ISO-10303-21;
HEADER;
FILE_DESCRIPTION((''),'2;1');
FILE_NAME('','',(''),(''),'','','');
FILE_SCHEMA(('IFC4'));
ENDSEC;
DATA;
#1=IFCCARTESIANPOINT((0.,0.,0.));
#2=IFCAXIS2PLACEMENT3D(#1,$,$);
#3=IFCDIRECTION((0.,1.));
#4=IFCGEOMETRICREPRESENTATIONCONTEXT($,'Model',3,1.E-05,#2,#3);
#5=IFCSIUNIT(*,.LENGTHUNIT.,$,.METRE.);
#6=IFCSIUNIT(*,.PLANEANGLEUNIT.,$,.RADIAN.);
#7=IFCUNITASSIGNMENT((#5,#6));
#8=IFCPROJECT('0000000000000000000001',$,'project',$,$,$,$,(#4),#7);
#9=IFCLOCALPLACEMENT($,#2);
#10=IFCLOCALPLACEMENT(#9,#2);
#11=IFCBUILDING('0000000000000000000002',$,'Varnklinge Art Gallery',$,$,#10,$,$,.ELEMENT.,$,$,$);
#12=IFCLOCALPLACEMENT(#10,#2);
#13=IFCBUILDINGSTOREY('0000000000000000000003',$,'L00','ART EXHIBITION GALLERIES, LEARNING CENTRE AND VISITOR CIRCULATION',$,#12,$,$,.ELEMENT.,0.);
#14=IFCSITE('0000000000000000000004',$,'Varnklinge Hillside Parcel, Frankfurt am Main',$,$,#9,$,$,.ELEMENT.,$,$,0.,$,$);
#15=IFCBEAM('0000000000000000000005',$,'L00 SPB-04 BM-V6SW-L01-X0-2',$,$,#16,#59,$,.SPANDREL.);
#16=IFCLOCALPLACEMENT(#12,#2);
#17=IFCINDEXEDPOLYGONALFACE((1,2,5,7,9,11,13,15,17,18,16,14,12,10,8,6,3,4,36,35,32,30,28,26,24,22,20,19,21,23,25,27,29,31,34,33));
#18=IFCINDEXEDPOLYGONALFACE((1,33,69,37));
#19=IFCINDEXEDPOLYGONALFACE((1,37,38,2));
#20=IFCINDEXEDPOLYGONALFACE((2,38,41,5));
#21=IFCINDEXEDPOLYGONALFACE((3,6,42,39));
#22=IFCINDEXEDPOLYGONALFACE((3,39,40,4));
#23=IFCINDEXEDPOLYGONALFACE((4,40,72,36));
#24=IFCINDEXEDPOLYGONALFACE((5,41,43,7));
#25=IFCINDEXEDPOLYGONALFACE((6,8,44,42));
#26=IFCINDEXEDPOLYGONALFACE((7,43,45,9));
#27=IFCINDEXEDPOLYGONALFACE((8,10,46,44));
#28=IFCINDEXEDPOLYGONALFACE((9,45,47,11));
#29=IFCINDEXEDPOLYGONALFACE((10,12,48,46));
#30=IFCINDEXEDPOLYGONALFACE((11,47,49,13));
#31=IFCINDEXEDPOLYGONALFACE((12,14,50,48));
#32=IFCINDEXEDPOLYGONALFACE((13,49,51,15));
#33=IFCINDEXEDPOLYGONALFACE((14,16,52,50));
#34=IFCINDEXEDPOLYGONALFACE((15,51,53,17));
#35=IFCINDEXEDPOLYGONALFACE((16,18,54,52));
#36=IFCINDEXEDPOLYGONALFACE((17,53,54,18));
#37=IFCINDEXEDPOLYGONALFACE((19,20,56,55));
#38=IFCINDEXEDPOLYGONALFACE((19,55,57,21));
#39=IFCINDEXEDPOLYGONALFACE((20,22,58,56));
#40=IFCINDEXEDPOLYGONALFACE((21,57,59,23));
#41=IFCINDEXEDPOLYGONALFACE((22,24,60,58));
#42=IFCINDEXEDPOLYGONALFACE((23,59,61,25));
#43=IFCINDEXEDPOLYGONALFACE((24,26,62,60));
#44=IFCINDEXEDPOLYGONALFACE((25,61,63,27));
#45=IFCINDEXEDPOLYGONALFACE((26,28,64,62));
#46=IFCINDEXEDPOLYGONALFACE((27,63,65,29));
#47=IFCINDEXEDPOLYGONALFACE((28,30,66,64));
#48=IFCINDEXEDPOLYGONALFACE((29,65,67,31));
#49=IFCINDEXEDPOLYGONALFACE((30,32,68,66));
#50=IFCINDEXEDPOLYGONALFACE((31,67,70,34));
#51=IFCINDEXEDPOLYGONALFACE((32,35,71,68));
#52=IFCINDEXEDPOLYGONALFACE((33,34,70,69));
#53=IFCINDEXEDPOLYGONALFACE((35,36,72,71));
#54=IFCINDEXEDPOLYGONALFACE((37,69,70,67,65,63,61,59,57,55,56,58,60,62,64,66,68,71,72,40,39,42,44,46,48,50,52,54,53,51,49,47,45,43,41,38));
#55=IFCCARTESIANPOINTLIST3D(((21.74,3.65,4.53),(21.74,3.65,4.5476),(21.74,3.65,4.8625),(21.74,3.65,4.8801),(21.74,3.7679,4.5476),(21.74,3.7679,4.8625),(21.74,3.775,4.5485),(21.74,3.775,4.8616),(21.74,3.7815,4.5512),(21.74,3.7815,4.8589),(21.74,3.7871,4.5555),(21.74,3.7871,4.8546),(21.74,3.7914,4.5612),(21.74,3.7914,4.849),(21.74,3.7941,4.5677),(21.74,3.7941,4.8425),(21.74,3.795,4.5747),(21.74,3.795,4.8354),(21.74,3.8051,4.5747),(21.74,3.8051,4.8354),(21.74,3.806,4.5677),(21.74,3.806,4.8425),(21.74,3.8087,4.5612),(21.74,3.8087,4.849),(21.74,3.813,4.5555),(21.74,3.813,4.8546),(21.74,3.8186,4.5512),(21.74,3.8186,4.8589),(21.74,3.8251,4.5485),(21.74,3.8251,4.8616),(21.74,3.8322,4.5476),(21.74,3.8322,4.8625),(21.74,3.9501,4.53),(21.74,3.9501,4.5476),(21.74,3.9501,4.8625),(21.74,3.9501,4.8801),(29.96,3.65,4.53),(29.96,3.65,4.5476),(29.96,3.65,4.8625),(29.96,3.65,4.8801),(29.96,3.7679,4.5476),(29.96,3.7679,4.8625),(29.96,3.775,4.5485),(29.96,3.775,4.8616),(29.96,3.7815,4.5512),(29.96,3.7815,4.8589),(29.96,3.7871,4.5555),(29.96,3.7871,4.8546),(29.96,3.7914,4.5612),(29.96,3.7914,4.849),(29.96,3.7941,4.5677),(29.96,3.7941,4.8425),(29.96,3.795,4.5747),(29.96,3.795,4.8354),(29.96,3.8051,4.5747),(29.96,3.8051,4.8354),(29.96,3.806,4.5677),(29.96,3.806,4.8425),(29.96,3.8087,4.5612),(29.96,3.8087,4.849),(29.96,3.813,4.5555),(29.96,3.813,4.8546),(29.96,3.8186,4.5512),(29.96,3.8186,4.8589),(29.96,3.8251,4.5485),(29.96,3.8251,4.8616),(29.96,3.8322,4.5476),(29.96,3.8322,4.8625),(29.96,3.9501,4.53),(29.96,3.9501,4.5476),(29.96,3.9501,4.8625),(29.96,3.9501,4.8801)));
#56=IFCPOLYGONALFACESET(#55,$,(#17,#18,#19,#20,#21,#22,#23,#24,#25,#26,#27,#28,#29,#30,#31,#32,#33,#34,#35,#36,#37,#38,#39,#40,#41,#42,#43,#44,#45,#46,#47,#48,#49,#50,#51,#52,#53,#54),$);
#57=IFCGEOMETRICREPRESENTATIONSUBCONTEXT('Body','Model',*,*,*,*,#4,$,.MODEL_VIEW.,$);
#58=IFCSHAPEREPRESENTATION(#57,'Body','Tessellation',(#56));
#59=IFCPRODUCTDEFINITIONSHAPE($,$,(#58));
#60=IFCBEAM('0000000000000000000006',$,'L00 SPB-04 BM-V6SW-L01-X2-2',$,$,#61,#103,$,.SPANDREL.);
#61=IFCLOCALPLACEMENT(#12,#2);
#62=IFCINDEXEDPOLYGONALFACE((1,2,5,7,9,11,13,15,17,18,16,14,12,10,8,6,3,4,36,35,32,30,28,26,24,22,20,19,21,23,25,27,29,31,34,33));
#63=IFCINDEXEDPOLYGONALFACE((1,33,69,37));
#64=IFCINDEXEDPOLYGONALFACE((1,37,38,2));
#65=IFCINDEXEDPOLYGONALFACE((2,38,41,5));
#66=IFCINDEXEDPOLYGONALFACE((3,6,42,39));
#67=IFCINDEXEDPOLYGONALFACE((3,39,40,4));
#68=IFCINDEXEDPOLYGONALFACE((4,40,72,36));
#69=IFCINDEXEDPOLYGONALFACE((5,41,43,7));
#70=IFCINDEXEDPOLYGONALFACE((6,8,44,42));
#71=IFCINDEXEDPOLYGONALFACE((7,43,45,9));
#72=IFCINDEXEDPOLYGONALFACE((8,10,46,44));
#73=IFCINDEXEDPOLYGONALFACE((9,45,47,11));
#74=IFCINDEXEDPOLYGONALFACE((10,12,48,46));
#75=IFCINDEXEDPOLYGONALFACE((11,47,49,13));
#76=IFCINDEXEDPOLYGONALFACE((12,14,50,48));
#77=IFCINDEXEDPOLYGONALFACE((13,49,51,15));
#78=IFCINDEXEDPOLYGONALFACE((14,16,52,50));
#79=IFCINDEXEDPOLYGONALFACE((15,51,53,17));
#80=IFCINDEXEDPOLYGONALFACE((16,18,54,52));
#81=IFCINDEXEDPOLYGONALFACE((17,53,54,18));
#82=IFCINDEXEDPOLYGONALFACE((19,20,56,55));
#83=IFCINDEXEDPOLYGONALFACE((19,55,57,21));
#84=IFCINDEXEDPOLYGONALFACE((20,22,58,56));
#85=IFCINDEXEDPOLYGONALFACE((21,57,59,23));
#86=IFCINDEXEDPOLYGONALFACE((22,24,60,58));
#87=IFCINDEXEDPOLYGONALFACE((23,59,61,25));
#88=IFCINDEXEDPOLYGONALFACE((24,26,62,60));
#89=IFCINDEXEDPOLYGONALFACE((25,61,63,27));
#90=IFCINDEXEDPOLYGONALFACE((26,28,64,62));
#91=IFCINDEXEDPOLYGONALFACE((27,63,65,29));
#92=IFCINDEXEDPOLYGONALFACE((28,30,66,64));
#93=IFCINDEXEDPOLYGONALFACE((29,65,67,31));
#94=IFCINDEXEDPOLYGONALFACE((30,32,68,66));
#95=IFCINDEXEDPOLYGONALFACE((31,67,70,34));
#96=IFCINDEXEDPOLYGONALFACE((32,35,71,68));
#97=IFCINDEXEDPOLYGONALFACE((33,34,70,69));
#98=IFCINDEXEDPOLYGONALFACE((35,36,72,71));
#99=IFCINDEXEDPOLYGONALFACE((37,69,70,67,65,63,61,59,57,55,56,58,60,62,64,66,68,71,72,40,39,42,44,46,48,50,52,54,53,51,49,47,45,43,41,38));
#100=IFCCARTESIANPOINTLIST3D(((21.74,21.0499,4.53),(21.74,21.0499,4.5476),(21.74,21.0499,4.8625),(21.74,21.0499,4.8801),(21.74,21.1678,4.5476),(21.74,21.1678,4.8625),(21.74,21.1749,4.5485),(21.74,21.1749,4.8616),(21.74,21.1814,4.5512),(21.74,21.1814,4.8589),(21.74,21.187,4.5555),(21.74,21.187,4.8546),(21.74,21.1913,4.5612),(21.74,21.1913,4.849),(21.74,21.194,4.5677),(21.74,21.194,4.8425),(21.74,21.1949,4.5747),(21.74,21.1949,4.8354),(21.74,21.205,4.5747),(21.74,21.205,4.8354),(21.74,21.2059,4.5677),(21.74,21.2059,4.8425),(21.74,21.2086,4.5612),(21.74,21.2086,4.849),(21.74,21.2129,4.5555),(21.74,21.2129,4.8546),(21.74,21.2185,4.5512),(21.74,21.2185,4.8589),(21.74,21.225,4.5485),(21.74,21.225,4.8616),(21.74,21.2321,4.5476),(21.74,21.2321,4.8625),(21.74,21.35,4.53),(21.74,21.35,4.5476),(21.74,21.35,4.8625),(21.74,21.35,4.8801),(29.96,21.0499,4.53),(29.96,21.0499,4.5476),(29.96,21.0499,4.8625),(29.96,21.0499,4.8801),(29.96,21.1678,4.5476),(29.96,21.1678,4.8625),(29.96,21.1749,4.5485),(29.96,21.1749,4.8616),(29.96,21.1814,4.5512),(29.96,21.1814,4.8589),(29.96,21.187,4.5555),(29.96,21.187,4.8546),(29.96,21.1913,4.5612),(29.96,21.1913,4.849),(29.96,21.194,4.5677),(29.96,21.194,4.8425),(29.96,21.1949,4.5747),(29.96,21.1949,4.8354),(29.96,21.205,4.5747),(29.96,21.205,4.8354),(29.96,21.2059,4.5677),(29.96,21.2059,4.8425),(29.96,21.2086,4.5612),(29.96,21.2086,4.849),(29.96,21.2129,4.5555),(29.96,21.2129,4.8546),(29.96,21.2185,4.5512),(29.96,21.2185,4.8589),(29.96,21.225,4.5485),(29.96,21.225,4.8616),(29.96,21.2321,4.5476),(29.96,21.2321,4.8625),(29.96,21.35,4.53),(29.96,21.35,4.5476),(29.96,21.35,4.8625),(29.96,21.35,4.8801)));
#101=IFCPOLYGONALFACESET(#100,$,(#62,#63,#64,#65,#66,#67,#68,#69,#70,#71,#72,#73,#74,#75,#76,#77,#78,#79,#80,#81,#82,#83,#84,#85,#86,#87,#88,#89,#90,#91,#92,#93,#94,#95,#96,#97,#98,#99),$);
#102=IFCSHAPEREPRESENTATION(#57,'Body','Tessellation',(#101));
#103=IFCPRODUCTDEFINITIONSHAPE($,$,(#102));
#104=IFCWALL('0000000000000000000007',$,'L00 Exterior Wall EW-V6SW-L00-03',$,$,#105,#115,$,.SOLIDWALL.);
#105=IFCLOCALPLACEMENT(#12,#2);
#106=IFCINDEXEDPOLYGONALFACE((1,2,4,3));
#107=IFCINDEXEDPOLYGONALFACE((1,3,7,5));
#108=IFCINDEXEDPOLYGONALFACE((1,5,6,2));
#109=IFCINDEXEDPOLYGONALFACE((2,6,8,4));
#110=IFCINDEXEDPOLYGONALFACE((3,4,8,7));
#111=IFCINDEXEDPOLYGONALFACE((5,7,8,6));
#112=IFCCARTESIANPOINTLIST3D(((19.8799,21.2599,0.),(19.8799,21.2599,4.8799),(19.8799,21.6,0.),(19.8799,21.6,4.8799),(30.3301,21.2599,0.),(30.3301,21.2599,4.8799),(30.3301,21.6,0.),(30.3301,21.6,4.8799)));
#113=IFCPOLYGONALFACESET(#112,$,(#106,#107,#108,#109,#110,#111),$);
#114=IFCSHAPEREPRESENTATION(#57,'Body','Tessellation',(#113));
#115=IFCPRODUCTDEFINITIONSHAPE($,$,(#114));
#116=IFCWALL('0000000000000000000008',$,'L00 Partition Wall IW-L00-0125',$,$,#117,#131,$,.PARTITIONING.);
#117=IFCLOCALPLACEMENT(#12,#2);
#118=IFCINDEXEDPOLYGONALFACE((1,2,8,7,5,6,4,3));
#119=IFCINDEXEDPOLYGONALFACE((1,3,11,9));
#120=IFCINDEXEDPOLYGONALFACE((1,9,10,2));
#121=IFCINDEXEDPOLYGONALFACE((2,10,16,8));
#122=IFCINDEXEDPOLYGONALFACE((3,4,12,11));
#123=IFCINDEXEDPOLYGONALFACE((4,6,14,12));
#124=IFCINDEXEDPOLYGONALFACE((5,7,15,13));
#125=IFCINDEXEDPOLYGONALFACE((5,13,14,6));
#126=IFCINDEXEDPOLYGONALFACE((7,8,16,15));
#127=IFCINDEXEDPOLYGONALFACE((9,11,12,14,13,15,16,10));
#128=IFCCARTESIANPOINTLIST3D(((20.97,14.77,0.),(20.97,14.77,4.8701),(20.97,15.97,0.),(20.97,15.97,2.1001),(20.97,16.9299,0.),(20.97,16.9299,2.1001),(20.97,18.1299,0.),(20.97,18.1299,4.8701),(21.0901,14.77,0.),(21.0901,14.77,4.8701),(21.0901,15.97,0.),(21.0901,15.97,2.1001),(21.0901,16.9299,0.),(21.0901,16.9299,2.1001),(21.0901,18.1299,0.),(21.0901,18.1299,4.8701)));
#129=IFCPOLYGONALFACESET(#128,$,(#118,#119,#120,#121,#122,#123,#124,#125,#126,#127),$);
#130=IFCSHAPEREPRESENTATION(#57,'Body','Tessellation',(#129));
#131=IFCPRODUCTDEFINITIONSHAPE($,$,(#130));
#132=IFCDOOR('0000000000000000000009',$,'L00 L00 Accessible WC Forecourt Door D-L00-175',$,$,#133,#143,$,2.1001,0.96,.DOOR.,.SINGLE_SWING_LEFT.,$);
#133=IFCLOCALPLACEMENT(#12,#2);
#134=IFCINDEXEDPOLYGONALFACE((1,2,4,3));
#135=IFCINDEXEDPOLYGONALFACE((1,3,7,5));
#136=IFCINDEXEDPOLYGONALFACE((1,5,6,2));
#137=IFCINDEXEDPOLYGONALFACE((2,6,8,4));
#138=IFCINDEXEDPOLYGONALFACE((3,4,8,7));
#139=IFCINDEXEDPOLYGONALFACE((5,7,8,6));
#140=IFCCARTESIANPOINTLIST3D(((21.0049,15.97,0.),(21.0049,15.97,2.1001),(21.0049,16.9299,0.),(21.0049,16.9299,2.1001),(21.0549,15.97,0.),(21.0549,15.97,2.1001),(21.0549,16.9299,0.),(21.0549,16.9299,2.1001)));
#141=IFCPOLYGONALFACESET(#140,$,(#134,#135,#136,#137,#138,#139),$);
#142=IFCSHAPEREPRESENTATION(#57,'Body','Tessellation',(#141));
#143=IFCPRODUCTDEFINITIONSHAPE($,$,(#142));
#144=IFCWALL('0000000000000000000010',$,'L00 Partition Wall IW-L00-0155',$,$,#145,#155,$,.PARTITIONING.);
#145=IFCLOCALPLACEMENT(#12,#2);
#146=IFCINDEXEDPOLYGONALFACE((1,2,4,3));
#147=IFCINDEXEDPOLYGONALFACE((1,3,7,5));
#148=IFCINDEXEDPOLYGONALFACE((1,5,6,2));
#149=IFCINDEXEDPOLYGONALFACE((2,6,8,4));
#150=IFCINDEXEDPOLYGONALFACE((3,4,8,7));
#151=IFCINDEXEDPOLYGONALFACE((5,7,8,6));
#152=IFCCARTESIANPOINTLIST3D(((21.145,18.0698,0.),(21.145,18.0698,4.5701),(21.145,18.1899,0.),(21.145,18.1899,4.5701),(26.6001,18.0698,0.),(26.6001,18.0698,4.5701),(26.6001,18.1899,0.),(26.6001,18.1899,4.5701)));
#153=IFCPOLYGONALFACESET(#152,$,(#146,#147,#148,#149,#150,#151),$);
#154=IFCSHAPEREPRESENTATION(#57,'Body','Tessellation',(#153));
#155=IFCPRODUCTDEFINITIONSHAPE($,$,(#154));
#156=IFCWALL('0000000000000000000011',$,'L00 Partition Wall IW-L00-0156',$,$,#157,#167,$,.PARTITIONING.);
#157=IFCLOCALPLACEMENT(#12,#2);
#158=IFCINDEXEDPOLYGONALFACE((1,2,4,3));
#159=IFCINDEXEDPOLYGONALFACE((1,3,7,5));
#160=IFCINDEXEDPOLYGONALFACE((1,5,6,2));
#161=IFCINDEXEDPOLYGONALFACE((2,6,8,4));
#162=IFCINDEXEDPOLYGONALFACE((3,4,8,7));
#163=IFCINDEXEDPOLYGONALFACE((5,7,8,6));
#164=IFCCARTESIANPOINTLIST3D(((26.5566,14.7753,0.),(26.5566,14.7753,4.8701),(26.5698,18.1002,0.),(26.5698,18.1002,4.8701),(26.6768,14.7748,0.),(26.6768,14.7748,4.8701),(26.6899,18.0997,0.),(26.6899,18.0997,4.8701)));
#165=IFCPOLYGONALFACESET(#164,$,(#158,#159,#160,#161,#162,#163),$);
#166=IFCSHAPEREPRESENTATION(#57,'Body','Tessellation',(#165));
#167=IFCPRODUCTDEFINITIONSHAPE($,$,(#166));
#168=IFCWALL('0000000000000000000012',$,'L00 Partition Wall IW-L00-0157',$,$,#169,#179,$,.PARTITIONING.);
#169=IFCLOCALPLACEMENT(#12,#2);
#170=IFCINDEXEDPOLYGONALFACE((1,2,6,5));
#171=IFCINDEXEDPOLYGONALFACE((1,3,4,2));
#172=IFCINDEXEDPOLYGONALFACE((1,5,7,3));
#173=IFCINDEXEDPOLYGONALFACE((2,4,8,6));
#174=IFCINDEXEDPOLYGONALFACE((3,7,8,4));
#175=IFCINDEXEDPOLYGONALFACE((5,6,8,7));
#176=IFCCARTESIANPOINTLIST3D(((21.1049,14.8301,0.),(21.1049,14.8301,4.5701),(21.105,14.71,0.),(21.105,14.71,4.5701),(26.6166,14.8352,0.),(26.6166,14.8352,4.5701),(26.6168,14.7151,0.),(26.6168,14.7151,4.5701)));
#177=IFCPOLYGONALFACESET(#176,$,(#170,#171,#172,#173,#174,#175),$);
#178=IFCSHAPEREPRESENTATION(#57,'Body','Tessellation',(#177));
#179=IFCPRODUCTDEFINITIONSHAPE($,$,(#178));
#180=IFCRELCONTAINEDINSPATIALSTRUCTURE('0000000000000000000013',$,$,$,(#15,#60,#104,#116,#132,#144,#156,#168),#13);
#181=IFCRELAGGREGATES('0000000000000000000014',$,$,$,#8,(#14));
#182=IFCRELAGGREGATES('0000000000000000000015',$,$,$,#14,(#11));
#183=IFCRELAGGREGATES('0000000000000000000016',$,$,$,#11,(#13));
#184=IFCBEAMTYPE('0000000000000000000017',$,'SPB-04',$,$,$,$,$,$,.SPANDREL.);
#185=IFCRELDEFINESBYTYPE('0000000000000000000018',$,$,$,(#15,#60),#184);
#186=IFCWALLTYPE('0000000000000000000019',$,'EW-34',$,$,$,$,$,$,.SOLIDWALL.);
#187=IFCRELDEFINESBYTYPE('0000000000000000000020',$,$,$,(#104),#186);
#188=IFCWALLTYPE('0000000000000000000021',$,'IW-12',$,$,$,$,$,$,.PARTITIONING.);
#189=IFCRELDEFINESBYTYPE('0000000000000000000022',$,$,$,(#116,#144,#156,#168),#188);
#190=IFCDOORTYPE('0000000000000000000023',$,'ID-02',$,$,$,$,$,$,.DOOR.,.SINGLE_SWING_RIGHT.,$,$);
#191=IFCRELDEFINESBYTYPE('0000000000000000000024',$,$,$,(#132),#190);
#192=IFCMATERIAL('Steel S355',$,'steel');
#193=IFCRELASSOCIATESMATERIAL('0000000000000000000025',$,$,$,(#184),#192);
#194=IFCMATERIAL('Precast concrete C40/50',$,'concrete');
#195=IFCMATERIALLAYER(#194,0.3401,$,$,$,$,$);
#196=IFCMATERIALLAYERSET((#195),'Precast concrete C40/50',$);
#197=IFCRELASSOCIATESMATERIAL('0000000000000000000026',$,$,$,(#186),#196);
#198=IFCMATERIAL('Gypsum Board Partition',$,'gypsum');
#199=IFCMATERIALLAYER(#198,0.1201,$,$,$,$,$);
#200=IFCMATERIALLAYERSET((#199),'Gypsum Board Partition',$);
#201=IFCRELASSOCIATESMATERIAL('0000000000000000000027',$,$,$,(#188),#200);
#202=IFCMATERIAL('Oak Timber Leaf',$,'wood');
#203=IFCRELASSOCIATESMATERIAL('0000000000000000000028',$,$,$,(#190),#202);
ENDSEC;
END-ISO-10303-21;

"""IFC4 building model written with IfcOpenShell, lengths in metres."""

from ifc_helpers import new_model, si_unit, direction, frame, frame_2d, origin, origin_2d, place, context, subcontext, project, spatial, rectangle, i_section, extrude, material, layer, layer_set, material_profile, profile_set, type_object, element, fill, save


model = new_model("IFC4")

# Units and contexts
model_context = context("Model", 3, precision=1e-05, world=origin(), true_north=direction((0.0, 1.0)))
body_context = subcontext(model_context, "Body", "Model", "MODEL_VIEW")
ifc_project = project(units=[si_unit("LENGTHUNIT", "METRE"), si_unit("PLANEANGLEUNIT", "RADIAN")], contexts=[model_context])

# Site, building, storey
site_placement = place(None, origin())
site = spatial("IfcSite", under=ifc_project, at=site_placement, Name="Varnklinge Hillside Parcel, Frankfurt am Main", CompositionType="ELEMENT", RefElevation=0.0)
building_placement = place(site_placement, origin())
building = spatial("IfcBuilding", under=site, at=building_placement, Name="Varnklinge Art Gallery", CompositionType="ELEMENT")
storey_placement = place(building_placement, origin())
storey = spatial("IfcBuildingStorey", under=building, at=storey_placement, Name="L00", Description="ART EXHIBITION GALLERIES, LEARNING CENTRE AND VISITOR CIRCULATION", CompositionType="ELEMENT", Elevation=0.0)

# Beams
ifc_material_1 = material(Name="Steel S355", Category="steel")
ifc_material_profile_1 = material_profile(ifc_material_1, i_section(OverallWidth=0.3, OverallDepth=0.3501, WebThickness=0.01, FlangeThickness=0.0176, FilletRadius=0.0271, at=origin_2d()), Name="HEA 360")
ifc_profile_set_1 = profile_set([ifc_material_profile_1], Name="Steel S355")
beam_type_1 = type_object("IfcBeamType", Name="SPB-04", PredefinedType="SPANDREL", material=ifc_profile_set_1)
for number, where, z_axis, x_axis, name in (
    (1, (21.74, 3.8, 4.7051), (1.0, 0.0, 0.0), (0.0, 1.0, 0.0), "L00 SPB-04 BM-V6SW-L01-X0-2"),
    (2, (21.74, 21.2, 4.7051), (1.0, 0.0, 0.0), (0.0, 1.0, 0.0), "L00 SPB-04 BM-V6SW-L01-X2-2"),
):
    element("IfcBeam", number, at=place(storey_placement, frame(where, z_axis=z_axis, x_axis=x_axis)), inside=storey, type_object=beam_type_1, Name=name, PredefinedType="SPANDREL", context=body_context, shape_type="SweptSolid", body=[
        extrude(i_section(OverallWidth=0.3, OverallDepth=0.3501, WebThickness=0.01, FlangeThickness=0.0176, FilletRadius=0.0271, at=origin_2d()), origin(), (0.0, 0.0, 1.0), 8.22),
    ])

# Wall
ifc_material_2 = material(Name="Precast concrete C40/50", Category="concrete")
ifc_layer_1 = layer(ifc_material_2, 0.3401)
ifc_layer_set_1 = layer_set([ifc_layer_1], Name="Precast concrete C40/50")
wall_type_1 = type_object("IfcWallType", Name="EW-34", PredefinedType="SOLIDWALL", material=ifc_layer_set_1)
wall_1_placement = place(storey_placement, frame((19.8799, 21.4299, 0.0), z_axis=(0.0, 0.0, 1.0), x_axis=(1.0, 0.0, 0.0)))
element("IfcWall", 3, at=wall_1_placement, inside=storey, type_object=wall_type_1, Name="L00 Exterior Wall EW-V6SW-L00-03", PredefinedType="SOLIDWALL", context=body_context, shape_type="SweptSolid", body=[
    extrude(rectangle(XDim=10.4502, YDim=0.3401, at=frame_2d((5.2251, 0.0))), origin(), (0.0, 0.0, 1.0), 4.8799),
])

# Wall, opening, door
ifc_material_3 = material(Name="Gypsum Board Partition", Category="gypsum")
ifc_layer_2 = layer(ifc_material_3, 0.1201)
ifc_layer_set_2 = layer_set([ifc_layer_2], Name="Gypsum Board Partition")
wall_type_2 = type_object("IfcWallType", Name="IW-12", PredefinedType="PARTITIONING", material=ifc_layer_set_2)
wall_2_placement = place(storey_placement, frame((21.03, 18.1299, 0.0), z_axis=(0.0, 0.0, 1.0), x_axis=(0.0, -1.0, 0.0)))
wall_2 = element("IfcWall", 4, at=wall_2_placement, inside=storey, type_object=wall_type_2, Name="L00 Partition Wall IW-L00-0125", PredefinedType="PARTITIONING", context=body_context, shape_type="SweptSolid", body=[
    extrude(rectangle(XDim=3.3599, YDim=0.1201, at=frame_2d((1.6799, 0.0))), origin(), (0.0, 0.0, 1.0), 4.8701),
])
opening_1_placement = place(wall_2_placement, frame((1.2, 0.0, 0.0)))
opening_1 = element("IfcOpeningElement", 5, at=opening_1_placement, cuts=wall_2, PredefinedType="OPENING", context=body_context, shape_type="SweptSolid", body=[
    extrude(rectangle(XDim=0.96, YDim=2.1001, at=frame_2d((0.48, 1.05))), frame((0.0, 0.0701, 0.0), z_axis=(0.0, -1.0, 0.0), x_axis=(1.0, 0.0, 0.0)), (0.0, 0.0, 1.0), 0.1401),
])
ifc_material_4 = material(Name="Oak Timber Leaf", Category="wood")
door_type_1 = type_object("IfcDoorType", Name="ID-02", OperationType="SINGLE_SWING_RIGHT", PredefinedType="DOOR", material=ifc_material_4)
door_1_placement = place(opening_1_placement, origin())
door_1 = element("IfcDoor", 6, at=door_1_placement, inside=storey, type_object=door_type_1, Name="L00 L00 Accessible WC Forecourt Door D-L00-175", OperationType="SINGLE_SWING_LEFT", OverallHeight=2.1001, OverallWidth=0.96, PredefinedType="DOOR", context=body_context, shape_type="SweptSolid", body=[
    extrude(rectangle(XDim=0.96, YDim=2.1001, at=frame_2d((0.48, 1.05))), frame((0.0, 0.0249, 0.0), z_axis=(0.0, -1.0, 0.0), x_axis=(1.0, 0.0, 0.0)), (0.0, 0.0, 1.0), 0.05),
])
fill(opening_1, door_1)

# Walls
wall_3_placement = place(storey_placement, frame((21.145, 18.1299, 0.0), z_axis=(0.0, 0.0, 1.0), x_axis=(1.0, 0.0, 0.0)))
element("IfcWall", 7, at=wall_3_placement, inside=storey, type_object=wall_type_2, Name="L00 Partition Wall IW-L00-0155", PredefinedType="PARTITIONING", context=body_context, shape_type="SweptSolid", body=[
    extrude(rectangle(XDim=5.4551, YDim=0.1201, at=frame_2d((2.7275, 0.0))), origin(), (0.0, 0.0, 1.0), 4.5701),
])
wall_4_placement = place(storey_placement, frame((26.6299, 18.1001, 0.0), z_axis=(0.0, 0.0, 1.0), x_axis=(-0.003965, -0.999992, 0.0)))
element("IfcWall", 8, at=wall_4_placement, inside=storey, type_object=wall_type_2, Name="L00 Partition Wall IW-L00-0156", PredefinedType="PARTITIONING", context=body_context, shape_type="SweptSolid", body=[
    extrude(rectangle(XDim=3.325, YDim=0.1201, at=frame_2d((1.6626, 0.0))), origin(), (0.0, 0.0, 1.0), 4.8701),
])
wall_5_placement = place(storey_placement, frame((26.6167, 14.7751, 0.0), z_axis=(0.0, 0.0, 1.0), x_axis=(-1.0, -0.00093, 0.0)))
element("IfcWall", 9, at=wall_5_placement, inside=storey, type_object=wall_type_2, Name="L00 Partition Wall IW-L00-0157", PredefinedType="PARTITIONING", context=body_context, shape_type="SweptSolid", body=[
    extrude(rectangle(XDim=5.5117, YDim=0.1201, at=frame_2d((2.7559, 0.0))), origin(), (0.0, 0.0, 1.0), 4.5701),
])

save(model, "model.ifc")
